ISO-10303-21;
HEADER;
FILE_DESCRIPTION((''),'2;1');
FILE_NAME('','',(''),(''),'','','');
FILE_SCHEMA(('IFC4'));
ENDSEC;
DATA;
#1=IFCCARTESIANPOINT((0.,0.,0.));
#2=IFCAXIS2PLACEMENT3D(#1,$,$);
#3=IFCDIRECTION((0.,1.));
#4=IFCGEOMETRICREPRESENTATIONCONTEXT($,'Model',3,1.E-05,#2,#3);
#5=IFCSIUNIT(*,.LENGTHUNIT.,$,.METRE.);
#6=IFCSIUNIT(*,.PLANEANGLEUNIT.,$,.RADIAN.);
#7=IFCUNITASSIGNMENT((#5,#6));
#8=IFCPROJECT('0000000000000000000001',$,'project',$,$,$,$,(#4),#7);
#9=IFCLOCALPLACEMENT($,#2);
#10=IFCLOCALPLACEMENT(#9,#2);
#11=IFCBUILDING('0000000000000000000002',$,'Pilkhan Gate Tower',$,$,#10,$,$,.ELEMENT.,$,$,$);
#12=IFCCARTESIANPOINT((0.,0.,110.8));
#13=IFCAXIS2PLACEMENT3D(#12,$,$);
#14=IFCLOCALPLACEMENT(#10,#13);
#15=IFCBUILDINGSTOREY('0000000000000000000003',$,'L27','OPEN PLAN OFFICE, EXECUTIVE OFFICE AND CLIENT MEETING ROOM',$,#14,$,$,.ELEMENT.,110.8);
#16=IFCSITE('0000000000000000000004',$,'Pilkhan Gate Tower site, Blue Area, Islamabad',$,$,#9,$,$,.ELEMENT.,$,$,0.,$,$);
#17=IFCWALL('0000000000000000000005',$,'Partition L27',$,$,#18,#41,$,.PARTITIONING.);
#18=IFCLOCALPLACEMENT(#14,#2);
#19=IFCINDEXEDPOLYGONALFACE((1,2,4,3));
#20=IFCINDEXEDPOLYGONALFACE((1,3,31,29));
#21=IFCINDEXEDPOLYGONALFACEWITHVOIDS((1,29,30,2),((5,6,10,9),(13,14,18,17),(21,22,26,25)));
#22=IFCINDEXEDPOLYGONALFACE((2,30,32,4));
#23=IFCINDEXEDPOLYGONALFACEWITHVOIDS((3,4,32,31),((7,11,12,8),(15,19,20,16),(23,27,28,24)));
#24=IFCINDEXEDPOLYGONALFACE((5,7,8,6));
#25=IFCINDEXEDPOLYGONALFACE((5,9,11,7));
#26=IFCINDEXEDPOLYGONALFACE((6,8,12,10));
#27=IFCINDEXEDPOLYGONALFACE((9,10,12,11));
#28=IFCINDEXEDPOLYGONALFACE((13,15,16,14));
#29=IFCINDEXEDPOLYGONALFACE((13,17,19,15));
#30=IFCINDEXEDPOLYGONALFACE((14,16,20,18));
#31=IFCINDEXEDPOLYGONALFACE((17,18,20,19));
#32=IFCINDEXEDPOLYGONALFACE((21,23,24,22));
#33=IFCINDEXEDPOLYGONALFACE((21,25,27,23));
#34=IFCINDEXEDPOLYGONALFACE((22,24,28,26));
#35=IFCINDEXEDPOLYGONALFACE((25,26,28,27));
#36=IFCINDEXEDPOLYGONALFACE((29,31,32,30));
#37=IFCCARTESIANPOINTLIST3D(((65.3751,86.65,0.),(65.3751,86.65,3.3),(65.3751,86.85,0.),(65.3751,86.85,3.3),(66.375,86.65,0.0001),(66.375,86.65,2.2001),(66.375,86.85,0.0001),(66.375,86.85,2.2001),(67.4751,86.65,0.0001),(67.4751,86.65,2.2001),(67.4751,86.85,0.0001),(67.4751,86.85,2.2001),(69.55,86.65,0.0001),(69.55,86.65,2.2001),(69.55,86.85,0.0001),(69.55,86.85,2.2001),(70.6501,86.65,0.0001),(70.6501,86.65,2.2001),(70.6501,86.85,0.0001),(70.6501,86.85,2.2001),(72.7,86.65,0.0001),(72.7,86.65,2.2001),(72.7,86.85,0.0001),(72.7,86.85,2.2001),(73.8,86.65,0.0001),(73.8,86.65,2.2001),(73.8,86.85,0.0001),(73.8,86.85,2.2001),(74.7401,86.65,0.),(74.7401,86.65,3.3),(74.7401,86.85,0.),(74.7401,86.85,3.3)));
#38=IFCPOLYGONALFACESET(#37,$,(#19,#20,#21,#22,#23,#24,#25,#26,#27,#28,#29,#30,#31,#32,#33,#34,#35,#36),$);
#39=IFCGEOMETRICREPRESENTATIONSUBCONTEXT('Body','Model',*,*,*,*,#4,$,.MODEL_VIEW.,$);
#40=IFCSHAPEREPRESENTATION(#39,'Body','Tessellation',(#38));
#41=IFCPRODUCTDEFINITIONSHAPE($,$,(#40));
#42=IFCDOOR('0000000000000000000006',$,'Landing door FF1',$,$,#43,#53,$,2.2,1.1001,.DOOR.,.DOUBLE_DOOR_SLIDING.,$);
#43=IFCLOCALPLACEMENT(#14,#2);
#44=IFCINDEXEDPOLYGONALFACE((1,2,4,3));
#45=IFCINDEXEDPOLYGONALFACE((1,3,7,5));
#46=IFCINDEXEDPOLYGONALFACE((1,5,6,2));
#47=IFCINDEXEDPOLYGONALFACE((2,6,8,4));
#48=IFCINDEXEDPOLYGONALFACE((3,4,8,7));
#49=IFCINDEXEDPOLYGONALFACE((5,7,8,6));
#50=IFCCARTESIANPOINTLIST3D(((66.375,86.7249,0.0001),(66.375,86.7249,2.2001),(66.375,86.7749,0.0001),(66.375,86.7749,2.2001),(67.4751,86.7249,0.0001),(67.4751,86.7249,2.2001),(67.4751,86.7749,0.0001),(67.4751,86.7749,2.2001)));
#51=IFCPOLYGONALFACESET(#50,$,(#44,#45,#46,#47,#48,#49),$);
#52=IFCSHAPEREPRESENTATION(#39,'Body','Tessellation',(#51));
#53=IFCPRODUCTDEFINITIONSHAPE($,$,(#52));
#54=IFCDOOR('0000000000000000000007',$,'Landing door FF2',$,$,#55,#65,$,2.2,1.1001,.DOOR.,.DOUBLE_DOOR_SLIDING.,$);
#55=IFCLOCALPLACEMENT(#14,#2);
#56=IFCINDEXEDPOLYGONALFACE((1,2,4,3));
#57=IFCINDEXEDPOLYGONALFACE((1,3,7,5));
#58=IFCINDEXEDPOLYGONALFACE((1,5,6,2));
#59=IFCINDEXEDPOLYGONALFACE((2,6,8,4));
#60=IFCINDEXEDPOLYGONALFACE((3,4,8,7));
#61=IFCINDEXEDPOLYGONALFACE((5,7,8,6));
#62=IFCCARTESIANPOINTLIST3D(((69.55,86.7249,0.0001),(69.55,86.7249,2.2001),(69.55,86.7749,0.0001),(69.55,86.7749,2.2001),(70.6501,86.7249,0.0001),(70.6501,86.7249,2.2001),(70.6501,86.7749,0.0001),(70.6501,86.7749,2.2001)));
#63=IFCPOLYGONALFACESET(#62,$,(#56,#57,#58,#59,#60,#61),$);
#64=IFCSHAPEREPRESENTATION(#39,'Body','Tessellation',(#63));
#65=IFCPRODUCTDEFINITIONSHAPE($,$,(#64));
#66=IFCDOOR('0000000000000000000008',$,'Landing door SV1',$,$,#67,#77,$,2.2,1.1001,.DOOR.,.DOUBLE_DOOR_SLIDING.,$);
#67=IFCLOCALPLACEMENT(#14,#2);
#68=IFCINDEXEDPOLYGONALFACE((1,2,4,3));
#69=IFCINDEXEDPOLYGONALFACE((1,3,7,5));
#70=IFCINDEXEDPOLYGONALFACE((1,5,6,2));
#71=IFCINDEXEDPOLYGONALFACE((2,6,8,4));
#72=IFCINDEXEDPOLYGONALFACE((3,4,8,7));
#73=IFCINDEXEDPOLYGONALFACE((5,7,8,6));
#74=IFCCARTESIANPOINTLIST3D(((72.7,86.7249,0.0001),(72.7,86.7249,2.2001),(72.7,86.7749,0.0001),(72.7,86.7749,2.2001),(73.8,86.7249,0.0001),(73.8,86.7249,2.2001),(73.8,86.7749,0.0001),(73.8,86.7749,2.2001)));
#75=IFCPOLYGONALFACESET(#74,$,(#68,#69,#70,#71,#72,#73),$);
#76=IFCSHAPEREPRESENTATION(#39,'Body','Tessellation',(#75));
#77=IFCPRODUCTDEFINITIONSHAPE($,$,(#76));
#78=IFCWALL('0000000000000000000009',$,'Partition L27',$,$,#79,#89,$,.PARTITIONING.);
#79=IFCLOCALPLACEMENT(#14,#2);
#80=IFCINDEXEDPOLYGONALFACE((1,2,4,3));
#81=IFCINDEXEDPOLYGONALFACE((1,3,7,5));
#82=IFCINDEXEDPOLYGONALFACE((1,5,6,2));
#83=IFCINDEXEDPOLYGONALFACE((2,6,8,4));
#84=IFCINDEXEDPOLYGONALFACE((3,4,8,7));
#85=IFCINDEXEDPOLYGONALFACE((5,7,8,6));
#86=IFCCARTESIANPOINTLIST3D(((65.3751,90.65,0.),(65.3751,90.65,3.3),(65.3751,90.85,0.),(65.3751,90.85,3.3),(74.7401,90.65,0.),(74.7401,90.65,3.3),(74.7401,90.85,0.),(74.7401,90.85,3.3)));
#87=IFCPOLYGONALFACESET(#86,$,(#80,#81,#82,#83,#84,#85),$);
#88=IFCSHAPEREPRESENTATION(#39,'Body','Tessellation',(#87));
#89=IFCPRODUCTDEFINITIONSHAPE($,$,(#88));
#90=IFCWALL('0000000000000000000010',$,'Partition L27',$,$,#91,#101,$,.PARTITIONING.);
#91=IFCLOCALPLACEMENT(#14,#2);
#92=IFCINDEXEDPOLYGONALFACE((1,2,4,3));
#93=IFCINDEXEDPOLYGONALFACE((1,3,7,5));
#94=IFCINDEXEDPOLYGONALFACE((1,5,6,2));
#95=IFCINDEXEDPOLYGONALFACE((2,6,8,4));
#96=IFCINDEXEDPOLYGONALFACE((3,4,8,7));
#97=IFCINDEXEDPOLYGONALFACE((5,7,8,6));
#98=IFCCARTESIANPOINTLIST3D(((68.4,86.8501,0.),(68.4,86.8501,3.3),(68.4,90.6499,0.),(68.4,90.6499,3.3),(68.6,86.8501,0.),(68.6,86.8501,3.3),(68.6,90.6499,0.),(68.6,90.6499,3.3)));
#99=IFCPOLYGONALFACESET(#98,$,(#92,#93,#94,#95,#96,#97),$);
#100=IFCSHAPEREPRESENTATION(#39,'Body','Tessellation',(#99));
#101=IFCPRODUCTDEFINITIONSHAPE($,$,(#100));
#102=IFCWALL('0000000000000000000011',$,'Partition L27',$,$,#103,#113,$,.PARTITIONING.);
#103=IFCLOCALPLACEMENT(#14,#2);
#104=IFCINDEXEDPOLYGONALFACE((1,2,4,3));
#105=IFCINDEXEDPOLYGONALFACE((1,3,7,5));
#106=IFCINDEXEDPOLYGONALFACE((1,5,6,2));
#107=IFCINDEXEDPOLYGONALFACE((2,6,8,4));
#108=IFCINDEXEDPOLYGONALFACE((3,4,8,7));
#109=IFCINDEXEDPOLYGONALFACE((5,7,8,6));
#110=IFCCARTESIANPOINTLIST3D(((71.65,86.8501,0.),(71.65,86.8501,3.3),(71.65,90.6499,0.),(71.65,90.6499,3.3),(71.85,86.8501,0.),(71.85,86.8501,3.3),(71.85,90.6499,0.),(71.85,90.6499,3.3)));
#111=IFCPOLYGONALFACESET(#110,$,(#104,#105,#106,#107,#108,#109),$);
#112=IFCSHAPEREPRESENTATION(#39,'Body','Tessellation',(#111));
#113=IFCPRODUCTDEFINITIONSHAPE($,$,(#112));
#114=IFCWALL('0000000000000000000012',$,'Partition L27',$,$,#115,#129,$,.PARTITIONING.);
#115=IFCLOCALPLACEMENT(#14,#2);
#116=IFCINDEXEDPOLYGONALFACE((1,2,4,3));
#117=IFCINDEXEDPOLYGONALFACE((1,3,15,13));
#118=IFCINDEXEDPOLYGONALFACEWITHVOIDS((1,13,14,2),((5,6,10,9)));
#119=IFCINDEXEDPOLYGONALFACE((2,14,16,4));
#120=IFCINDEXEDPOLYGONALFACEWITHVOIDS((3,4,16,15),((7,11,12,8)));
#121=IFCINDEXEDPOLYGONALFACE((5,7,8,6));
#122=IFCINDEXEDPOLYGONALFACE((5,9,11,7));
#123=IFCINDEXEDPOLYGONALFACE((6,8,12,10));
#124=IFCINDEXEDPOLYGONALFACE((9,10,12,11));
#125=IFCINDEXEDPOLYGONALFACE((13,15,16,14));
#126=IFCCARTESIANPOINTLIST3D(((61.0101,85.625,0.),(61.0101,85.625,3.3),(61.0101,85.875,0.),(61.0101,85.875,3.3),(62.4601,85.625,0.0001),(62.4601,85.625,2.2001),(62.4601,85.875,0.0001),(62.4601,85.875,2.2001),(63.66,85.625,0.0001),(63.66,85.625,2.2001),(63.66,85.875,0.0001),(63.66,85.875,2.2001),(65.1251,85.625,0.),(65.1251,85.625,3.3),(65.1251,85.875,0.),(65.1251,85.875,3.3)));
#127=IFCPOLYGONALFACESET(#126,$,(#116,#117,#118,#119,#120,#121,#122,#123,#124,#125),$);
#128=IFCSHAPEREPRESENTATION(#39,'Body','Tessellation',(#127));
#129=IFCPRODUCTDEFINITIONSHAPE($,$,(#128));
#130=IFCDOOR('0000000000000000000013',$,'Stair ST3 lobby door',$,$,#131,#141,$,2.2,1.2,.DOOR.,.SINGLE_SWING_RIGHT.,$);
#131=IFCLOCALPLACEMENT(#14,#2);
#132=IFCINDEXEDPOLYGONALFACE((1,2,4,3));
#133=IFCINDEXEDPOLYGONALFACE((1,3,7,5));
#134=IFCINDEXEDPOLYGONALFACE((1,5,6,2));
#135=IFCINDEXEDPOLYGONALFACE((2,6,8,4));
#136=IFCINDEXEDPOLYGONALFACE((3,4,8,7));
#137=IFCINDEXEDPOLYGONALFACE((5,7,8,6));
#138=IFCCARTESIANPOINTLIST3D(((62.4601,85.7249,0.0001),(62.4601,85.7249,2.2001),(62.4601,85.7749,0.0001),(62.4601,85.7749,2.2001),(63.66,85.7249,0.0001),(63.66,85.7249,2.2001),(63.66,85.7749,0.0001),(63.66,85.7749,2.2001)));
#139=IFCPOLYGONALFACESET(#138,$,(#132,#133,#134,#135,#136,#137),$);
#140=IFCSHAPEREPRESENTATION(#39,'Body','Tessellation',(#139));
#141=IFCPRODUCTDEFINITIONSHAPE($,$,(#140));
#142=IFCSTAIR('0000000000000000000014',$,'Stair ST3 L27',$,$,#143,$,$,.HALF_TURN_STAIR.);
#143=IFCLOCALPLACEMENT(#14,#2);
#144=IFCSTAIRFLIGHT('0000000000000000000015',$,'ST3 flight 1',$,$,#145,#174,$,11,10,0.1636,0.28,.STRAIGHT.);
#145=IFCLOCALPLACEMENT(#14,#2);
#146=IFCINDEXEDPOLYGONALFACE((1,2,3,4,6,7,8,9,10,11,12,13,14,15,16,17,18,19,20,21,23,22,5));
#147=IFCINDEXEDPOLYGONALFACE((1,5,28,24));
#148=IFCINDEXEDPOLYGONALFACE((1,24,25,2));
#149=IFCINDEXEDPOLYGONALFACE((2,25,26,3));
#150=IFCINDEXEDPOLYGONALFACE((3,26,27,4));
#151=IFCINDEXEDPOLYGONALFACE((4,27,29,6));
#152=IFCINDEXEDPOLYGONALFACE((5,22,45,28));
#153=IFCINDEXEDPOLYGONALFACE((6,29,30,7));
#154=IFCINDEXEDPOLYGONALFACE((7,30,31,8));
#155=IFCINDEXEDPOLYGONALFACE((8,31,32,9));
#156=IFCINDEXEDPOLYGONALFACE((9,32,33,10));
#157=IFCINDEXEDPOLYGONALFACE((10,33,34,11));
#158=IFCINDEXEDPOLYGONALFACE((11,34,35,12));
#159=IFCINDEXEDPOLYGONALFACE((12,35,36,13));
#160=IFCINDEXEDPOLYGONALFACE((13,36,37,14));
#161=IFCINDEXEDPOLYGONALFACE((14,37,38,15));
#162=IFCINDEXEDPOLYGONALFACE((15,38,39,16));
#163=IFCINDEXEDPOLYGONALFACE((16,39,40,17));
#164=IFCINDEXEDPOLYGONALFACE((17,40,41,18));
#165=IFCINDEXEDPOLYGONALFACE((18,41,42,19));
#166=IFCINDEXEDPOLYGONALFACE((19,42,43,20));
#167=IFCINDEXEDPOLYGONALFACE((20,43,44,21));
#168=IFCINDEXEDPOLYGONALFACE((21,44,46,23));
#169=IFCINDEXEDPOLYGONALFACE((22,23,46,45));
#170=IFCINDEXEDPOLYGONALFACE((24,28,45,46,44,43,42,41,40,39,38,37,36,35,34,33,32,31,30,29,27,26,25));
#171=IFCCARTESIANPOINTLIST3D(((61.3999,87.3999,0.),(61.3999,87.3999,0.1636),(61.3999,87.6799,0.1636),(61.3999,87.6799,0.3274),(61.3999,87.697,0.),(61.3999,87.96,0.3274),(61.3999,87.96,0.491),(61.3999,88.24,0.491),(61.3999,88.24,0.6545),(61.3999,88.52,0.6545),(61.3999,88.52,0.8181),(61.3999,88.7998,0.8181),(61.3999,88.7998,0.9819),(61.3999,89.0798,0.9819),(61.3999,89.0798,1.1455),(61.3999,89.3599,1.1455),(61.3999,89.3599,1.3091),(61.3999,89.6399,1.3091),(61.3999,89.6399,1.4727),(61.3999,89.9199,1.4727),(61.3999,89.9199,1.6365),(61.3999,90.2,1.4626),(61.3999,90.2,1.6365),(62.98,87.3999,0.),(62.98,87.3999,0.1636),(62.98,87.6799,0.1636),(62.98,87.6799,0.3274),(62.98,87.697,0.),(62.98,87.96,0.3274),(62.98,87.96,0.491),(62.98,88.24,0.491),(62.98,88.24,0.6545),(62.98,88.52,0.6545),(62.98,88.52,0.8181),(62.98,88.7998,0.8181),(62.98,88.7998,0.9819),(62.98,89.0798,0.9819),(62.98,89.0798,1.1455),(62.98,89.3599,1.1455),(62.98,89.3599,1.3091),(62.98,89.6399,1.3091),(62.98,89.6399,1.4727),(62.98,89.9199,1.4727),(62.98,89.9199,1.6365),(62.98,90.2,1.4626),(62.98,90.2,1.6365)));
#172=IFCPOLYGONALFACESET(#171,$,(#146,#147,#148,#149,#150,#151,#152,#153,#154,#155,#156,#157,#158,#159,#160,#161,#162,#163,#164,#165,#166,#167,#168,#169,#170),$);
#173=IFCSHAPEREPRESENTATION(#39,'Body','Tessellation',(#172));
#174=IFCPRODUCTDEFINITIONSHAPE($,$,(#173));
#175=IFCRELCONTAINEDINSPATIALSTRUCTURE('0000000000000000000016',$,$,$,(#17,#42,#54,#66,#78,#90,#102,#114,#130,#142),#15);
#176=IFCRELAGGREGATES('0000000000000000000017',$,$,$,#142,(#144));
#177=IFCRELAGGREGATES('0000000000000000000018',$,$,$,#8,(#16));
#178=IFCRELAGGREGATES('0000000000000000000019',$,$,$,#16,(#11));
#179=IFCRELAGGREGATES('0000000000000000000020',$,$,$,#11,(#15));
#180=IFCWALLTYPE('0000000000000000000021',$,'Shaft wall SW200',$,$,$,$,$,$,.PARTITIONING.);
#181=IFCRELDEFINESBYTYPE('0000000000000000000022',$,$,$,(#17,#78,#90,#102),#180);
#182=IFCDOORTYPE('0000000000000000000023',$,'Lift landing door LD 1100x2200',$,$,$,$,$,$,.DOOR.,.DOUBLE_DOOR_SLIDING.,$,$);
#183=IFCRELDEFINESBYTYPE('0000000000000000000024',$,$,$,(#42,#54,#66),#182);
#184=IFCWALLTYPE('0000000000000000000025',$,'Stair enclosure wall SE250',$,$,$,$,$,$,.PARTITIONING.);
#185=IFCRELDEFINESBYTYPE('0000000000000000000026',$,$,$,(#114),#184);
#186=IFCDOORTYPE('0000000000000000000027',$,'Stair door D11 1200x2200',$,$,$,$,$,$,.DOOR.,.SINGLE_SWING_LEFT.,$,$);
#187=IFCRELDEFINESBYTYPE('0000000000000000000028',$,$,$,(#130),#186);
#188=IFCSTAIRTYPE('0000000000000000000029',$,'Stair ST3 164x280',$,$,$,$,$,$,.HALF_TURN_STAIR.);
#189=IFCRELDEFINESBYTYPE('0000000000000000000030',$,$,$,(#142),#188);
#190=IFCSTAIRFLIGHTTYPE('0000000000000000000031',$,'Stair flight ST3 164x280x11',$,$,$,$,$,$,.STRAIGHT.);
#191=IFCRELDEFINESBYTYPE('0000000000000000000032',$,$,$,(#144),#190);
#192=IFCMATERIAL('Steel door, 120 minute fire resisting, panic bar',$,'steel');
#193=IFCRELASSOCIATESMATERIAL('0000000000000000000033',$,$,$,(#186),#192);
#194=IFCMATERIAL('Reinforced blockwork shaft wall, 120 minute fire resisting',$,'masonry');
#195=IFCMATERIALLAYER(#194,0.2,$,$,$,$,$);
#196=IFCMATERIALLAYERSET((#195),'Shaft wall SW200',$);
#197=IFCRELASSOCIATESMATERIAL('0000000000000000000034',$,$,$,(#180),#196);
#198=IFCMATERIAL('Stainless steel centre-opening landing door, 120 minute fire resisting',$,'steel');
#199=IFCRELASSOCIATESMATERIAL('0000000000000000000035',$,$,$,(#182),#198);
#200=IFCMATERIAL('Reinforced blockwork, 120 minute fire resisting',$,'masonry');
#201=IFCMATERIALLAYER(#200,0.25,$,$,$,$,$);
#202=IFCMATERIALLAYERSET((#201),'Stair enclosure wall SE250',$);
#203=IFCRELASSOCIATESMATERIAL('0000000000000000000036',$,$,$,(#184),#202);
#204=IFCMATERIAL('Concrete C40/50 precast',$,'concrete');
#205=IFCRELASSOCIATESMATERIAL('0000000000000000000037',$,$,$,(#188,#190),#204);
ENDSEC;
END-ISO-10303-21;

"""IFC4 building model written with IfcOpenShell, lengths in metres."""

from ifc_helpers import new_model, si_unit, direction, frame, frame_2d, origin, place, context, subcontext, project, spatial, polyline, rectangle, outline, extrude, material, layer, layer_set, type_object, element, fill, aggregate, save


model = new_model("IFC4")

# Units and contexts
model_context = context("Model", 3, precision=1e-05, world=origin(), true_north=direction((0.0, 1.0)))
body_context = subcontext(model_context, "Body", "Model", "MODEL_VIEW")
ifc_project = project(units=[si_unit("LENGTHUNIT", "METRE"), si_unit("PLANEANGLEUNIT", "RADIAN")], contexts=[model_context])

# Site, building, storey
site_placement = place(None, origin())
site = spatial("IfcSite", under=ifc_project, at=site_placement, Name="Pilkhan Gate Tower site, Blue Area, Islamabad", CompositionType="ELEMENT", RefElevation=0.0)
building_placement = place(site_placement, origin())
building = spatial("IfcBuilding", under=site, at=building_placement, Name="Pilkhan Gate Tower", CompositionType="ELEMENT")
storey_placement = place(building_placement, frame((0.0, 0.0, 110.8)))
storey = spatial("IfcBuildingStorey", under=building, at=storey_placement, Name="L27", Description="OPEN PLAN OFFICE, EXECUTIVE OFFICE AND CLIENT MEETING ROOM", CompositionType="ELEMENT", Elevation=110.8)

# Wall, openings, doors
ifc_material_1 = material(Name="Steel door, 120 minute fire resisting, panic bar", Category="steel")
door_type_1 = type_object("IfcDoorType", Name="Stair door D11 1200x2200", OperationType="SINGLE_SWING_LEFT", PredefinedType="DOOR", material=ifc_material_1)
ifc_material_2 = material(Name="Reinforced blockwork shaft wall, 120 minute fire resisting", Category="masonry")
ifc_layer_1 = layer(ifc_material_2, 0.2)
ifc_layer_set_1 = layer_set([ifc_layer_1], Name="Shaft wall SW200")
wall_type_1 = type_object("IfcWallType", Name="Shaft wall SW200", PredefinedType="PARTITIONING", material=ifc_layer_set_1)
wall_1_placement = place(storey_placement, frame((65.375, 86.75, 0.0), z_axis=(0.0, 0.0, 1.0), x_axis=(1.0, 0.0, 0.0)))
wall_1 = element("IfcWall", 1, at=wall_1_placement, inside=storey, type_object=wall_type_1, Name="Partition L27", PredefinedType="PARTITIONING", context=body_context, shape_type="SweptSolid", body=[
    extrude(rectangle(XDim=9.365, YDim=0.2, at=frame_2d((4.6826, 0.0))), origin(), (0.0, 0.0, 1.0), 3.3),
])
opening_1_placement = place(wall_1_placement, frame((1.0, 0.0, 0.0)))
opening_1 = element("IfcOpeningElement", 2, at=opening_1_placement, cuts=wall_1, PredefinedType="OPENING", context=body_context, shape_type="SweptSolid", body=[
    extrude(rectangle(XDim=1.1001, YDim=2.2, at=frame_2d((0.55, 1.1001))), frame((0.0, 0.1099, 0.0), z_axis=(0.0, -1.0, 0.0), x_axis=(1.0, 0.0, 0.0)), (0.0, 0.0, 1.0), 0.22),
])
opening_2_placement = place(wall_1_placement, frame((4.175, 0.0, 0.0)))
opening_2 = element("IfcOpeningElement", 3, at=opening_2_placement, cuts=wall_1, PredefinedType="OPENING", context=body_context, shape_type="SweptSolid", body=[
    extrude(rectangle(XDim=1.1001, YDim=2.2, at=frame_2d((0.55, 1.1001))), frame((0.0, 0.1099, 0.0), z_axis=(0.0, -1.0, 0.0), x_axis=(1.0, 0.0, 0.0)), (0.0, 0.0, 1.0), 0.22),
])
opening_3_placement = place(wall_1_placement, frame((7.325, 0.0, 0.0)))
opening_3 = element("IfcOpeningElement", 4, at=opening_3_placement, cuts=wall_1, PredefinedType="OPENING", context=body_context, shape_type="SweptSolid", body=[
    extrude(rectangle(XDim=1.1001, YDim=2.2, at=frame_2d((0.55, 1.1001))), frame((0.0, 0.1099, 0.0), z_axis=(0.0, -1.0, 0.0), x_axis=(1.0, 0.0, 0.0)), (0.0, 0.0, 1.0), 0.22),
])
ifc_material_3 = material(Name="Stainless steel centre-opening landing door, 120 minute fire resisting", Category="steel")
door_type_2 = type_object("IfcDoorType", Name="Lift landing door LD 1100x2200", OperationType="DOUBLE_DOOR_SLIDING", PredefinedType="DOOR", material=ifc_material_3)
door_1_placement = place(opening_1_placement, origin())
door_1 = element("IfcDoor", 5, at=door_1_placement, inside=storey, type_object=door_type_2, Name="Landing door FF1", OperationType="DOUBLE_DOOR_SLIDING", OverallHeight=2.2, OverallWidth=1.1001, PredefinedType="DOOR", context=body_context, shape_type="SweptSolid", body=[
    extrude(rectangle(XDim=1.1001, YDim=2.2, at=frame_2d((0.55, 1.1001))), frame((0.0, 0.0249, 0.0), z_axis=(0.0, -1.0, 0.0), x_axis=(1.0, 0.0, 0.0)), (0.0, 0.0, 1.0), 0.05),
])
fill(opening_1, door_1)
door_2_placement = place(opening_2_placement, origin())
door_2 = element("IfcDoor", 6, at=door_2_placement, inside=storey, type_object=door_type_2, Name="Landing door FF2", OperationType="DOUBLE_DOOR_SLIDING", OverallHeight=2.2, OverallWidth=1.1001, PredefinedType="DOOR", context=body_context, shape_type="SweptSolid", body=[
    extrude(rectangle(XDim=1.1001, YDim=2.2, at=frame_2d((0.55, 1.1001))), frame((0.0, 0.0249, 0.0), z_axis=(0.0, -1.0, 0.0), x_axis=(1.0, 0.0, 0.0)), (0.0, 0.0, 1.0), 0.05),
])
fill(opening_2, door_2)
door_3_placement = place(opening_3_placement, origin())
door_3 = element("IfcDoor", 7, at=door_3_placement, inside=storey, type_object=door_type_2, Name="Landing door SV1", OperationType="DOUBLE_DOOR_SLIDING", OverallHeight=2.2, OverallWidth=1.1001, PredefinedType="DOOR", context=body_context, shape_type="SweptSolid", body=[
    extrude(rectangle(XDim=1.1001, YDim=2.2, at=frame_2d((0.55, 1.1001))), frame((0.0, 0.0249, 0.0), z_axis=(0.0, -1.0, 0.0), x_axis=(1.0, 0.0, 0.0)), (0.0, 0.0, 1.0), 0.05),
])
fill(opening_3, door_3)

# Walls
wall_2_placement = place(storey_placement, frame((65.375, 90.75, 0.0), z_axis=(0.0, 0.0, 1.0), x_axis=(1.0, 0.0, 0.0)))
element("IfcWall", 8, at=wall_2_placement, inside=storey, type_object=wall_type_1, Name="Partition L27", PredefinedType="PARTITIONING", context=body_context, shape_type="SweptSolid", body=[
    extrude(rectangle(XDim=9.365, YDim=0.2, at=frame_2d((4.6826, 0.0))), origin(), (0.0, 0.0, 1.0), 3.3),
])
for number, where, z_axis, x_axis, name in (
    (9, (68.5, 86.8501, 0.0), (0.0, 0.0, 1.0), (0.0, 1.0, 0.0), "Partition L27"),
    (10, (71.75, 86.8501, 0.0), (0.0, 0.0, 1.0), (0.0, 1.0, 0.0), "Partition L27"),
):
    element("IfcWall", number, at=place(storey_placement, frame(where, z_axis=z_axis, x_axis=x_axis)), inside=storey, type_object=wall_type_1, Name=name, PredefinedType="PARTITIONING", context=body_context, shape_type="SweptSolid", body=[
        extrude(rectangle(XDim=3.7998, YDim=0.2, at=frame_2d((1.8999, 0.0))), origin(), (0.0, 0.0, 1.0), 3.3),
    ])

# Wall, opening, door
ifc_material_4 = material(Name="Reinforced blockwork, 120 minute fire resisting", Category="masonry")
ifc_layer_2 = layer(ifc_material_4, 0.25)
ifc_layer_set_2 = layer_set([ifc_layer_2], Name="Stair enclosure wall SE250")
wall_type_2 = type_object("IfcWallType", Name="Stair enclosure wall SE250", PredefinedType="PARTITIONING", material=ifc_layer_set_2)
wall_3_placement = place(storey_placement, frame((61.01, 85.75, 0.0), z_axis=(0.0, 0.0, 1.0), x_axis=(1.0, 0.0, 0.0)))
wall_3 = element("IfcWall", 11, at=wall_3_placement, inside=storey, type_object=wall_type_2, Name="Partition L27", PredefinedType="PARTITIONING", context=body_context, shape_type="SweptSolid", body=[
    extrude(rectangle(XDim=4.115, YDim=0.25, at=frame_2d((2.0576, 0.0))), origin(), (0.0, 0.0, 1.0), 3.3),
])
opening_4_placement = place(wall_3_placement, frame((1.45, 0.0, 0.0)))
opening_4 = element("IfcOpeningElement", 12, at=opening_4_placement, cuts=wall_3, PredefinedType="OPENING", context=body_context, shape_type="SweptSolid", body=[
    extrude(rectangle(XDim=1.2, YDim=2.2, at=frame_2d((0.6001, 1.1001))), frame((0.0, 0.135, 0.0), z_axis=(0.0, -1.0, 0.0), x_axis=(1.0, 0.0, 0.0)), (0.0, 0.0, 1.0), 0.27),
])
door_4_placement = place(opening_4_placement, origin())
door_4 = element("IfcDoor", 13, at=door_4_placement, inside=storey, type_object=door_type_1, Name="Stair ST3 lobby door", OperationType="SINGLE_SWING_RIGHT", OverallHeight=2.2, OverallWidth=1.2, PredefinedType="DOOR", context=body_context, shape_type="SweptSolid", body=[
    extrude(rectangle(XDim=1.2, YDim=2.2, at=frame_2d((0.6001, 1.1001))), frame((0.0, 0.0249, 0.0), z_axis=(0.0, -1.0, 0.0), x_axis=(1.0, 0.0, 0.0)), (0.0, 0.0, 1.0), 0.05),
])
fill(opening_4, door_4)

# Stair, stair flight
ifc_material_5 = material(Name="Concrete C40/50 precast", Category="concrete")
stair_type = type_object("IfcStairType", Name="Stair ST3 164x280", PredefinedType="HALF_TURN_STAIR", material=ifc_material_5)
stair_placement = place(storey_placement, origin())
stair = element("IfcStair", 14, at=stair_placement, inside=storey, type_object=stair_type, Name="Stair ST3 L27", PredefinedType="HALF_TURN_STAIR")
stair_flight_type = type_object("IfcStairFlightType", Name="Stair flight ST3 164x280x11", PredefinedType="STRAIGHT", material=ifc_material_5)
stair_flight_1_placement = place(storey_placement, frame((62.1899, 87.3999, 0.0), z_axis=(0.0, 0.0, 1.0), x_axis=(0.0, 1.0, 0.0)))
stair_flight_1 = element("IfcStairFlight", 15, at=stair_flight_1_placement, type_object=stair_flight_type, Name="ST3 flight 1", NumberOfRisers=11, NumberOfTreads=10, PredefinedType="STRAIGHT", RiserHeight=0.1636, TreadLength=0.28, context=body_context, shape_type="SweptSolid", body=[
    extrude(outline(polyline([(0.0, 0.0), (0.0, 0.1636), (0.28, 0.1636), (0.28, 0.3274), (0.5601, 0.3274), (0.5601, 0.491), (0.8401, 0.491), (0.8401, 0.6545), (1.1201, 0.6545), (1.1201, 0.8181), (1.3999, 0.8181), (1.3999, 0.9819), (1.6799, 0.9819), (1.6799, 1.1455), (1.96, 1.1455), (1.96, 1.3091), (2.24, 1.3091), (2.24, 1.4727), (2.52, 1.4727), (2.52, 1.6365), (2.8, 1.6365), (2.8, 1.8), (2.8, 1.4626), (0.2971, 0.0), (0.0, 0.0)])), frame((0.0, 0.79, 0.0), z_axis=(0.0, -1.0, 0.0), x_axis=(1.0, 0.0, 0.0)), (0.0, 0.0, 1.0), 1.5801),
])
aggregate(stair, [stair_flight_1])

save(model, "model.ifc")
